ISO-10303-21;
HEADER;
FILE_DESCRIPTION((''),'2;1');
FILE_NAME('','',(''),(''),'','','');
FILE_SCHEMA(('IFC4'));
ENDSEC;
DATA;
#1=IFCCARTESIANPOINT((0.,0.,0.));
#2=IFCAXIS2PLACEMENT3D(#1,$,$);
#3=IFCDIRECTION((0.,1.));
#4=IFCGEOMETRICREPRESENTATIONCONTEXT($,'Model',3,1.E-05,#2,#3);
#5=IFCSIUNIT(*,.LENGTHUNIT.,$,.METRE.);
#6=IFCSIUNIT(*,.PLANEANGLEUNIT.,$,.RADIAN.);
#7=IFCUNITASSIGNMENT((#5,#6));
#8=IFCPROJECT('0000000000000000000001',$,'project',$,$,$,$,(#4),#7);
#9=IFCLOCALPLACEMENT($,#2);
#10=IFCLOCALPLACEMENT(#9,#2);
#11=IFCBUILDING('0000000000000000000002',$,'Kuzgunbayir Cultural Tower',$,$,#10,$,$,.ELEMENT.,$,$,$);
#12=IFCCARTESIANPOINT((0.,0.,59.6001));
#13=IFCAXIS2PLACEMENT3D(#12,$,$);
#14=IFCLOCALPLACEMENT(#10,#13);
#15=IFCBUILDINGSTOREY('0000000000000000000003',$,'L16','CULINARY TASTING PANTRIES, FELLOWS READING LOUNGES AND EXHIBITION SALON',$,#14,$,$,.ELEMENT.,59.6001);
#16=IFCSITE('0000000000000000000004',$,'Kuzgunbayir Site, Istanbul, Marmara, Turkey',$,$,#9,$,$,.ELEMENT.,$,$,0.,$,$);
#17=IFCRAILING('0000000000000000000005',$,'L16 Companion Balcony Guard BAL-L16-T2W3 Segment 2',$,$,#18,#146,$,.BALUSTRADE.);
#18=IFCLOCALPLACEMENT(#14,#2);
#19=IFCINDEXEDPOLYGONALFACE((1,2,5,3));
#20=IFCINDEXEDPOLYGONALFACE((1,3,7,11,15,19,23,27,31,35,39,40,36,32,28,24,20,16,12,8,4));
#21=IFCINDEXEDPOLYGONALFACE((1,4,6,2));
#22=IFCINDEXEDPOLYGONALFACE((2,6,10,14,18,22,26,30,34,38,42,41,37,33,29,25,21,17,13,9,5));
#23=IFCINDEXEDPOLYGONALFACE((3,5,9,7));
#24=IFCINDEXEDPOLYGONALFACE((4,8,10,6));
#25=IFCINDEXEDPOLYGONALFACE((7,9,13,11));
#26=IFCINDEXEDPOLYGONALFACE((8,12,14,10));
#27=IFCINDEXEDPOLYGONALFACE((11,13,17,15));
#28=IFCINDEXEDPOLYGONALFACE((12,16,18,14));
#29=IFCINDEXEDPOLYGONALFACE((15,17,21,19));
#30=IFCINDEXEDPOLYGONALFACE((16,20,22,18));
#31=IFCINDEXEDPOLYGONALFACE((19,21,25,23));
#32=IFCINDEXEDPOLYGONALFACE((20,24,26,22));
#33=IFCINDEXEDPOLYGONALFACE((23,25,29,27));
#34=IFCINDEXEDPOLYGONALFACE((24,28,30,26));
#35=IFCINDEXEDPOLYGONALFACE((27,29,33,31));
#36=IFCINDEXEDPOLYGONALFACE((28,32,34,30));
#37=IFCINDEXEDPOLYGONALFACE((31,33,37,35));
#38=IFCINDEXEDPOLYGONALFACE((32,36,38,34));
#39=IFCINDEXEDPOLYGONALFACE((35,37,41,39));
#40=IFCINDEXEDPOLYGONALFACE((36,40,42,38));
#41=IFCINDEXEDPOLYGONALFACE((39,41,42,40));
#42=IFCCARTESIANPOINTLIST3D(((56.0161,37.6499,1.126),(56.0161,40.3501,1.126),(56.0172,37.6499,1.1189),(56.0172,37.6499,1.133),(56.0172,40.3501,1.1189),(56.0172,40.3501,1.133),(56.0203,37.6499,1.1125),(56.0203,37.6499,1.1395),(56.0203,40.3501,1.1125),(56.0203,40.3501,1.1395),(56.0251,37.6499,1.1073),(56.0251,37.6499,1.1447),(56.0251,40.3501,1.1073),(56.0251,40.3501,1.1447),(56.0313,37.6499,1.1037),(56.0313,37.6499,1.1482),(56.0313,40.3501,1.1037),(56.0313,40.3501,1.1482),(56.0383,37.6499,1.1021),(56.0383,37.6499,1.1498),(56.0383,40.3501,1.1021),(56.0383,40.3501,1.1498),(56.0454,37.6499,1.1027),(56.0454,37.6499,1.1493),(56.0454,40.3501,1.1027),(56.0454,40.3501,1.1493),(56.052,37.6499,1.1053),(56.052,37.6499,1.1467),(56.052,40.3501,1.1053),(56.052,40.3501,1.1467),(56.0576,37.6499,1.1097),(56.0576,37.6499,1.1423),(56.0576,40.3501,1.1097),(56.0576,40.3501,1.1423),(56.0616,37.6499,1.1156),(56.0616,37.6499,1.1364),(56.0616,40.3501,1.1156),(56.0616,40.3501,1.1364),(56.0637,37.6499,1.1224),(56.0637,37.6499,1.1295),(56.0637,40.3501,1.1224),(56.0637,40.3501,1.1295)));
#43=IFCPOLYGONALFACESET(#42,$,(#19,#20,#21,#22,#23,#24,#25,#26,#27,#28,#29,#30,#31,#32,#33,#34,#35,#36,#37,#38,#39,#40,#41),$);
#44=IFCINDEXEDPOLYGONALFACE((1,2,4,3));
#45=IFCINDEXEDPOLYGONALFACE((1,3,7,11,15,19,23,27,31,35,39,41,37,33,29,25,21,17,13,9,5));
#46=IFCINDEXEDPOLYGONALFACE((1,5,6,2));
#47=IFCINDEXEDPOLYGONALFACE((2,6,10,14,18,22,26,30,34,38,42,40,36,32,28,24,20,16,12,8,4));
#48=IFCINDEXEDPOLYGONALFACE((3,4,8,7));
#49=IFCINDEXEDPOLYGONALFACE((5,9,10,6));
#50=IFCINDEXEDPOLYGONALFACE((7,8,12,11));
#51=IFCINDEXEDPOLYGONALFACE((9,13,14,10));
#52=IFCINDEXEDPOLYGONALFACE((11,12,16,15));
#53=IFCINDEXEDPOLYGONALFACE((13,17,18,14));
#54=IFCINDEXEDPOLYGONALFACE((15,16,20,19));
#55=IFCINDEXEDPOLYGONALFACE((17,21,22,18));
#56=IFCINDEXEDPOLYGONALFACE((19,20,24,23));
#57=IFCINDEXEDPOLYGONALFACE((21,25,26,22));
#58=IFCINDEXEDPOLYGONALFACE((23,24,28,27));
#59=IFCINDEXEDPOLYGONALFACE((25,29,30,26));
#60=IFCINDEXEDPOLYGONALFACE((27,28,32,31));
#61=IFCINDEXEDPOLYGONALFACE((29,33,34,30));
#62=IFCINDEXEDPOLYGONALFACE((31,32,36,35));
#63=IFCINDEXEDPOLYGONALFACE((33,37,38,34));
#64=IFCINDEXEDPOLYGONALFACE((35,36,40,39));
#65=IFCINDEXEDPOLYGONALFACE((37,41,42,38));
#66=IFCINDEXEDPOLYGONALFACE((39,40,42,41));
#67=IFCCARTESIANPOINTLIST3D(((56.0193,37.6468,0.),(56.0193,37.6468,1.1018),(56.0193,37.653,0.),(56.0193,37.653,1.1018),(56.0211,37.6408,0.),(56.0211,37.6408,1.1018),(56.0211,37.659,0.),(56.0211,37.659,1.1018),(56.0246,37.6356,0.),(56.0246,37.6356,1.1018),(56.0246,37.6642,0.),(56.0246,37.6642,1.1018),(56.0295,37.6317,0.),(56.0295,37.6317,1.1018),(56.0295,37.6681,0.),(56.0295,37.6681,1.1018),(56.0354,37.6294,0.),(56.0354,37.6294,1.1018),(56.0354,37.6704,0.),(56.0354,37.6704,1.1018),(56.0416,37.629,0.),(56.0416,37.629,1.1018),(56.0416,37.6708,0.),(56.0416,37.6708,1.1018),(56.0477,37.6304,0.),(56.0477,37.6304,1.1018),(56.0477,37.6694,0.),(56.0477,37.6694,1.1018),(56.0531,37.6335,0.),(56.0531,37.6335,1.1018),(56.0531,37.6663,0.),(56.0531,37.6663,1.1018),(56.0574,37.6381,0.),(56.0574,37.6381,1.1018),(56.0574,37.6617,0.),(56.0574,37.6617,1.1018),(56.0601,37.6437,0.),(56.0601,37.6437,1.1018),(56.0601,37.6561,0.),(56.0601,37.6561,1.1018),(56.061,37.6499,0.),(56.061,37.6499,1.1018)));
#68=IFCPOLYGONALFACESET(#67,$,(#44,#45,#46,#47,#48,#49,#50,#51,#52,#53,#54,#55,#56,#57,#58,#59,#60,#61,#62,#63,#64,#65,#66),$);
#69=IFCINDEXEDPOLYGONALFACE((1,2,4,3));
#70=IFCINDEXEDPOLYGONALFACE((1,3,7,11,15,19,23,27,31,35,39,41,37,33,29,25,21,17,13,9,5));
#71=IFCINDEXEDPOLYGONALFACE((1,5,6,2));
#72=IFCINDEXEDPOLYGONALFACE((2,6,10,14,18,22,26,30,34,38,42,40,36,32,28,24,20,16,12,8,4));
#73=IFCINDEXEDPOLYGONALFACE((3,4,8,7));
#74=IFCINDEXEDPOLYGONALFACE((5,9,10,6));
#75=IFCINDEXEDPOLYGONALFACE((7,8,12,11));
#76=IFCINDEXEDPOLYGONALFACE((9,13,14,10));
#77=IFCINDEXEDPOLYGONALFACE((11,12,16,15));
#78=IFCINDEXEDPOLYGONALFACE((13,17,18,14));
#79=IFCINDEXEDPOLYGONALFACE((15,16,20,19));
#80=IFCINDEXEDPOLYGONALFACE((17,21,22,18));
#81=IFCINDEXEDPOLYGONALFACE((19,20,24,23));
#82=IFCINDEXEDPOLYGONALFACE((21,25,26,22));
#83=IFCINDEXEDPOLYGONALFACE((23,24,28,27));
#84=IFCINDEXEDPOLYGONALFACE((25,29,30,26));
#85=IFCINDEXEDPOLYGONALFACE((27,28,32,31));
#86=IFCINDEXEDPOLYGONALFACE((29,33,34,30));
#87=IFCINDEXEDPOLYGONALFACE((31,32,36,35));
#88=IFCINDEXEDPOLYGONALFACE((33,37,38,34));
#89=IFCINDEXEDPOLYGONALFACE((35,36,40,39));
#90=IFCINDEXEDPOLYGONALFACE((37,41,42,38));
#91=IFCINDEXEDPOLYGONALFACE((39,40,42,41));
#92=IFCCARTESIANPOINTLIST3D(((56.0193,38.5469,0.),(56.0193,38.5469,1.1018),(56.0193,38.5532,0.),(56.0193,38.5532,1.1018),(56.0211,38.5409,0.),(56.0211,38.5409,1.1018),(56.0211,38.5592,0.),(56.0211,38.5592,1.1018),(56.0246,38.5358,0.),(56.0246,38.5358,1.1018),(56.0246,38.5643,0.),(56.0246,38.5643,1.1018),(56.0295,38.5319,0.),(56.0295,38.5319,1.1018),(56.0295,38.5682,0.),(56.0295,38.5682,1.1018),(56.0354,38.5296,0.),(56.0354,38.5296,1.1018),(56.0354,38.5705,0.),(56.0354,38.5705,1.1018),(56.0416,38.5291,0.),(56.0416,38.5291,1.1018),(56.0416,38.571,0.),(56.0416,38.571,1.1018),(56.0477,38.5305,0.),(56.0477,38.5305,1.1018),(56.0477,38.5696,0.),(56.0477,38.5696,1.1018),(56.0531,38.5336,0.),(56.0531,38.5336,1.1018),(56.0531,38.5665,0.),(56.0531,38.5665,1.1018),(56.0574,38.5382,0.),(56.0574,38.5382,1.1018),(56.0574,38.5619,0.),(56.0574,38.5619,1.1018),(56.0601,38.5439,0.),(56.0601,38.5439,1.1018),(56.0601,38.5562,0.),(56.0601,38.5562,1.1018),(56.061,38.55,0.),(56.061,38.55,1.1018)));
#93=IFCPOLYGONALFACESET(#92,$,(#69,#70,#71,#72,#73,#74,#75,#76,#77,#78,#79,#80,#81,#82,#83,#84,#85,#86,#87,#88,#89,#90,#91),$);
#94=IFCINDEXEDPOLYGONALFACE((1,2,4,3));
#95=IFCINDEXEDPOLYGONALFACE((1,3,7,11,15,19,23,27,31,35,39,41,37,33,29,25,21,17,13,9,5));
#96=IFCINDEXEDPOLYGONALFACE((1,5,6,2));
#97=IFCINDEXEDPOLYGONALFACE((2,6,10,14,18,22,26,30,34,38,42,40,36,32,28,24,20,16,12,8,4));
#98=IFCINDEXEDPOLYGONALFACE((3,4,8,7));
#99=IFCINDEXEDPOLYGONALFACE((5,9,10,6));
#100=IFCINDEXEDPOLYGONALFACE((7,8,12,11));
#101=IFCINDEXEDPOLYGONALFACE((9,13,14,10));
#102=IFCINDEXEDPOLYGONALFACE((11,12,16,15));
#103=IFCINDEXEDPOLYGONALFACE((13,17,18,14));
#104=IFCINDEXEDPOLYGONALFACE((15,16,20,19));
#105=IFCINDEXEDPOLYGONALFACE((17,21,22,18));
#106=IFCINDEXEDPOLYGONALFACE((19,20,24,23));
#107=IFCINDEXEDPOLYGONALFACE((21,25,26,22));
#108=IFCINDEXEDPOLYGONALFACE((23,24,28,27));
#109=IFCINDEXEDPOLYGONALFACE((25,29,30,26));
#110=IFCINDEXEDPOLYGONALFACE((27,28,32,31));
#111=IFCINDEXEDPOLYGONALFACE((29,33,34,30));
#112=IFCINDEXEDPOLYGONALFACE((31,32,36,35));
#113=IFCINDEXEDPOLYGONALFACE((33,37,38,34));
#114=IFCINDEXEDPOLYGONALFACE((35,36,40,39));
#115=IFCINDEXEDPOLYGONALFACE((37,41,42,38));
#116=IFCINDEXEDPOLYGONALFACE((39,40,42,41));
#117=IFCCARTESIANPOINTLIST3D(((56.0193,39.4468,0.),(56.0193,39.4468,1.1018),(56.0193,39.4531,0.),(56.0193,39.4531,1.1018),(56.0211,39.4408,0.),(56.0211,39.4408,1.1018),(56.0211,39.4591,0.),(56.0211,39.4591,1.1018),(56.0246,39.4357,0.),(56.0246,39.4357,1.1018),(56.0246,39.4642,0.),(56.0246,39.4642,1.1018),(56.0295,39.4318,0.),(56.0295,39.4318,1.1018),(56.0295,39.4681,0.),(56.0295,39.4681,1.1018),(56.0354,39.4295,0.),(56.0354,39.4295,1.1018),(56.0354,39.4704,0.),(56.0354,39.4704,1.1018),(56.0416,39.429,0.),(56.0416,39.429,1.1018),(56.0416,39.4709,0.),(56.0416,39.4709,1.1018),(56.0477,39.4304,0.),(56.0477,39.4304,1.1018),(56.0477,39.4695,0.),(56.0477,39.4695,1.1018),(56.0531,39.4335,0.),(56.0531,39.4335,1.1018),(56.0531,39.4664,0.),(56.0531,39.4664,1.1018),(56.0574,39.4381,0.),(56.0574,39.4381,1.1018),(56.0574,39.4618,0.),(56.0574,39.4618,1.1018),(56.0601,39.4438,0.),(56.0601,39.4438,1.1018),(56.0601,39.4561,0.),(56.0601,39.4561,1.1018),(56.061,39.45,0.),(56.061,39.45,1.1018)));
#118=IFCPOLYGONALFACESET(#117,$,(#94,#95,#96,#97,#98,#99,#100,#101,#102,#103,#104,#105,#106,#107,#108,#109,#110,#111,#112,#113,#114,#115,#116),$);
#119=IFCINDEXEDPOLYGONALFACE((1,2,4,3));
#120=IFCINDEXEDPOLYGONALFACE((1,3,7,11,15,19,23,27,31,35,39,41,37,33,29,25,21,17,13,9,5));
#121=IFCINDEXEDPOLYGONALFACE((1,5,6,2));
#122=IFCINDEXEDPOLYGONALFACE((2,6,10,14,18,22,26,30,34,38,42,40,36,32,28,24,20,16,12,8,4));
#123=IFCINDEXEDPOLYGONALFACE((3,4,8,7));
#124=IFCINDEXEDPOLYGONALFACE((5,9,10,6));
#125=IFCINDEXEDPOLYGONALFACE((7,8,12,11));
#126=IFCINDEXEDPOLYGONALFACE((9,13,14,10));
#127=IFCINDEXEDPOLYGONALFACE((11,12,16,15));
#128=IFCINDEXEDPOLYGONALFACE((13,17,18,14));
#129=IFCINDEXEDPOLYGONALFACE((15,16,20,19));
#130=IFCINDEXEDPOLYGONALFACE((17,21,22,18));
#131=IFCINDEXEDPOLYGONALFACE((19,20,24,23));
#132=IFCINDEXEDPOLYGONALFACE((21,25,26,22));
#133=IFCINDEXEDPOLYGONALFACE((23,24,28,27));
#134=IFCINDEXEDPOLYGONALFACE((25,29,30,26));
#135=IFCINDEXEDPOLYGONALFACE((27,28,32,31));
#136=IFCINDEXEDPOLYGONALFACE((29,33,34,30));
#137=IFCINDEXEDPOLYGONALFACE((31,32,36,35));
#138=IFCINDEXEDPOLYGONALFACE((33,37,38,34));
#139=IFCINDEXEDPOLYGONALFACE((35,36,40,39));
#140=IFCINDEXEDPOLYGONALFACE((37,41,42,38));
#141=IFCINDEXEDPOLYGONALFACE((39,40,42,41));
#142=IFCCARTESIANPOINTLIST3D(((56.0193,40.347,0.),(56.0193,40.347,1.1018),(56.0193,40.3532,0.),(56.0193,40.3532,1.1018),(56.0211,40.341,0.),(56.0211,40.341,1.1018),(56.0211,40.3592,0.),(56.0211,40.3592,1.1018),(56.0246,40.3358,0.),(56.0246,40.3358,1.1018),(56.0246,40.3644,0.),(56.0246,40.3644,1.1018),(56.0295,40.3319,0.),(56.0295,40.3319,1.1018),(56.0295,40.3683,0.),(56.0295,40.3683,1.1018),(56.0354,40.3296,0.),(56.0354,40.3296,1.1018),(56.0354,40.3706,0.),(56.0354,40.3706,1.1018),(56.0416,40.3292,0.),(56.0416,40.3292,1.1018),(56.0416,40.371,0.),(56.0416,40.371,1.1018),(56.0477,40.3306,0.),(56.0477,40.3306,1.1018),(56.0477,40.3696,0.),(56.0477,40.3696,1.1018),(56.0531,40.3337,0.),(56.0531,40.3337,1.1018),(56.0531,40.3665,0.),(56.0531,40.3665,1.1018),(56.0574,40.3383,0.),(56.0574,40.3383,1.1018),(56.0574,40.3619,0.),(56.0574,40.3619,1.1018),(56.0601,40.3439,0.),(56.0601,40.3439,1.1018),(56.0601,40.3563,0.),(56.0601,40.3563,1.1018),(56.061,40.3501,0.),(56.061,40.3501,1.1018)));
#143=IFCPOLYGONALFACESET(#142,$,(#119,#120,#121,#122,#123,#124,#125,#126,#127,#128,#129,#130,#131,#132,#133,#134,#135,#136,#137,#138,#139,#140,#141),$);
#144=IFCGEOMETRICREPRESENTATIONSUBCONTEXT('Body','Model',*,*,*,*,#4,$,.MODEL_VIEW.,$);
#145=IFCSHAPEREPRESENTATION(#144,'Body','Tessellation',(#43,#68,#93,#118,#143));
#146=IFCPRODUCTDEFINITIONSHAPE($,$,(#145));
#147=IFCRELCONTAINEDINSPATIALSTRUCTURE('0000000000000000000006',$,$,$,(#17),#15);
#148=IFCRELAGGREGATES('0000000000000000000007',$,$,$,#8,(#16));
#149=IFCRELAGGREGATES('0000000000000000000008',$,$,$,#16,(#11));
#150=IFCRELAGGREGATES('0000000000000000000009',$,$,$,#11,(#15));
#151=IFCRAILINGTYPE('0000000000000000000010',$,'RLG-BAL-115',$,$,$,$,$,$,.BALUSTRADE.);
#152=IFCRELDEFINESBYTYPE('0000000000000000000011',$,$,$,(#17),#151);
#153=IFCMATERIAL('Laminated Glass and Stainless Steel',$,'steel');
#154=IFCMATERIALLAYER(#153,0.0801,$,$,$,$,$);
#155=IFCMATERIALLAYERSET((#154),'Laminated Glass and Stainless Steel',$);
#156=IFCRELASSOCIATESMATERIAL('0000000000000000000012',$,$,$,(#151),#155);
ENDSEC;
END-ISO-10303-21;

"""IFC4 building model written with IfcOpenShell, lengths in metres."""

from ifc_helpers import new_model, si_unit, direction, frame, origin, origin_2d, place, context, subcontext, project, spatial, circle, extrude, material, layer, layer_set, type_object, element, save


model = new_model("IFC4")

# Units and contexts
model_context = context("Model", 3, precision=1e-05, world=origin(), true_north=direction((0.0, 1.0)))
body_context = subcontext(model_context, "Body", "Model", "MODEL_VIEW")
ifc_project = project(units=[si_unit("LENGTHUNIT", "METRE"), si_unit("PLANEANGLEUNIT", "RADIAN")], contexts=[model_context])

# Site, building, storey
site_placement = place(None, origin())
site = spatial("IfcSite", under=ifc_project, at=site_placement, Name="Kuzgunbayir Site, Istanbul, Marmara, Turkey", CompositionType="ELEMENT", RefElevation=0.0)
building_placement = place(site_placement, origin())
building = spatial("IfcBuilding", under=site, at=building_placement, Name="Kuzgunbayir Cultural Tower", CompositionType="ELEMENT")
storey_placement = place(building_placement, frame((0.0, 0.0, 59.6001)))
storey = spatial("IfcBuildingStorey", under=building, at=storey_placement, Name="L16", Description="CULINARY TASTING PANTRIES, FELLOWS READING LOUNGES AND EXHIBITION SALON", CompositionType="ELEMENT", Elevation=59.6001)

# Railing
ifc_material_1 = material(Name="Laminated Glass and Stainless Steel", Category="steel")
ifc_layer_1 = layer(ifc_material_1, 0.0801)
ifc_layer_set_1 = layer_set([ifc_layer_1], Name="Laminated Glass and Stainless Steel")
railing_type = type_object("IfcRailingType", Name="RLG-BAL-115", PredefinedType="BALUSTRADE", material=ifc_layer_set_1)
railing_1_placement = place(storey_placement, frame((56.04, 37.6499, 0.0)))
element("IfcRailing", 1, at=railing_1_placement, inside=storey, type_object=railing_type, Name="L16 Companion Balcony Guard BAL-L16-T2W3 Segment 2", PredefinedType="BALUSTRADE", context=body_context, shape_type="SweptSolid", body=[
    extrude(circle(Radius=0.0239, at=origin_2d()), frame((0.0, 0.0, 1.126), z_axis=(0.0, 1.0, 0.0), x_axis=(-1.0, 0.0, 0.0)), (0.0, 0.0, 1.0), 2.7002),
    extrude(circle(Radius=0.021, at=origin_2d()), origin(), (0.0, 0.0, 1.0), 1.1018),
    extrude(circle(Radius=0.021, at=origin_2d()), frame((0.0, 0.9001, 0.0)), (0.0, 0.0, 1.0), 1.1018),
    extrude(circle(Radius=0.021, at=origin_2d()), frame((0.0, 1.8, 0.0)), (0.0, 0.0, 1.0), 1.1018),
    extrude(circle(Radius=0.021, at=origin_2d()), frame((0.0, 2.7002, 0.0)), (0.0, 0.0, 1.0), 1.1018),
])

save(model, "model.ifc")
